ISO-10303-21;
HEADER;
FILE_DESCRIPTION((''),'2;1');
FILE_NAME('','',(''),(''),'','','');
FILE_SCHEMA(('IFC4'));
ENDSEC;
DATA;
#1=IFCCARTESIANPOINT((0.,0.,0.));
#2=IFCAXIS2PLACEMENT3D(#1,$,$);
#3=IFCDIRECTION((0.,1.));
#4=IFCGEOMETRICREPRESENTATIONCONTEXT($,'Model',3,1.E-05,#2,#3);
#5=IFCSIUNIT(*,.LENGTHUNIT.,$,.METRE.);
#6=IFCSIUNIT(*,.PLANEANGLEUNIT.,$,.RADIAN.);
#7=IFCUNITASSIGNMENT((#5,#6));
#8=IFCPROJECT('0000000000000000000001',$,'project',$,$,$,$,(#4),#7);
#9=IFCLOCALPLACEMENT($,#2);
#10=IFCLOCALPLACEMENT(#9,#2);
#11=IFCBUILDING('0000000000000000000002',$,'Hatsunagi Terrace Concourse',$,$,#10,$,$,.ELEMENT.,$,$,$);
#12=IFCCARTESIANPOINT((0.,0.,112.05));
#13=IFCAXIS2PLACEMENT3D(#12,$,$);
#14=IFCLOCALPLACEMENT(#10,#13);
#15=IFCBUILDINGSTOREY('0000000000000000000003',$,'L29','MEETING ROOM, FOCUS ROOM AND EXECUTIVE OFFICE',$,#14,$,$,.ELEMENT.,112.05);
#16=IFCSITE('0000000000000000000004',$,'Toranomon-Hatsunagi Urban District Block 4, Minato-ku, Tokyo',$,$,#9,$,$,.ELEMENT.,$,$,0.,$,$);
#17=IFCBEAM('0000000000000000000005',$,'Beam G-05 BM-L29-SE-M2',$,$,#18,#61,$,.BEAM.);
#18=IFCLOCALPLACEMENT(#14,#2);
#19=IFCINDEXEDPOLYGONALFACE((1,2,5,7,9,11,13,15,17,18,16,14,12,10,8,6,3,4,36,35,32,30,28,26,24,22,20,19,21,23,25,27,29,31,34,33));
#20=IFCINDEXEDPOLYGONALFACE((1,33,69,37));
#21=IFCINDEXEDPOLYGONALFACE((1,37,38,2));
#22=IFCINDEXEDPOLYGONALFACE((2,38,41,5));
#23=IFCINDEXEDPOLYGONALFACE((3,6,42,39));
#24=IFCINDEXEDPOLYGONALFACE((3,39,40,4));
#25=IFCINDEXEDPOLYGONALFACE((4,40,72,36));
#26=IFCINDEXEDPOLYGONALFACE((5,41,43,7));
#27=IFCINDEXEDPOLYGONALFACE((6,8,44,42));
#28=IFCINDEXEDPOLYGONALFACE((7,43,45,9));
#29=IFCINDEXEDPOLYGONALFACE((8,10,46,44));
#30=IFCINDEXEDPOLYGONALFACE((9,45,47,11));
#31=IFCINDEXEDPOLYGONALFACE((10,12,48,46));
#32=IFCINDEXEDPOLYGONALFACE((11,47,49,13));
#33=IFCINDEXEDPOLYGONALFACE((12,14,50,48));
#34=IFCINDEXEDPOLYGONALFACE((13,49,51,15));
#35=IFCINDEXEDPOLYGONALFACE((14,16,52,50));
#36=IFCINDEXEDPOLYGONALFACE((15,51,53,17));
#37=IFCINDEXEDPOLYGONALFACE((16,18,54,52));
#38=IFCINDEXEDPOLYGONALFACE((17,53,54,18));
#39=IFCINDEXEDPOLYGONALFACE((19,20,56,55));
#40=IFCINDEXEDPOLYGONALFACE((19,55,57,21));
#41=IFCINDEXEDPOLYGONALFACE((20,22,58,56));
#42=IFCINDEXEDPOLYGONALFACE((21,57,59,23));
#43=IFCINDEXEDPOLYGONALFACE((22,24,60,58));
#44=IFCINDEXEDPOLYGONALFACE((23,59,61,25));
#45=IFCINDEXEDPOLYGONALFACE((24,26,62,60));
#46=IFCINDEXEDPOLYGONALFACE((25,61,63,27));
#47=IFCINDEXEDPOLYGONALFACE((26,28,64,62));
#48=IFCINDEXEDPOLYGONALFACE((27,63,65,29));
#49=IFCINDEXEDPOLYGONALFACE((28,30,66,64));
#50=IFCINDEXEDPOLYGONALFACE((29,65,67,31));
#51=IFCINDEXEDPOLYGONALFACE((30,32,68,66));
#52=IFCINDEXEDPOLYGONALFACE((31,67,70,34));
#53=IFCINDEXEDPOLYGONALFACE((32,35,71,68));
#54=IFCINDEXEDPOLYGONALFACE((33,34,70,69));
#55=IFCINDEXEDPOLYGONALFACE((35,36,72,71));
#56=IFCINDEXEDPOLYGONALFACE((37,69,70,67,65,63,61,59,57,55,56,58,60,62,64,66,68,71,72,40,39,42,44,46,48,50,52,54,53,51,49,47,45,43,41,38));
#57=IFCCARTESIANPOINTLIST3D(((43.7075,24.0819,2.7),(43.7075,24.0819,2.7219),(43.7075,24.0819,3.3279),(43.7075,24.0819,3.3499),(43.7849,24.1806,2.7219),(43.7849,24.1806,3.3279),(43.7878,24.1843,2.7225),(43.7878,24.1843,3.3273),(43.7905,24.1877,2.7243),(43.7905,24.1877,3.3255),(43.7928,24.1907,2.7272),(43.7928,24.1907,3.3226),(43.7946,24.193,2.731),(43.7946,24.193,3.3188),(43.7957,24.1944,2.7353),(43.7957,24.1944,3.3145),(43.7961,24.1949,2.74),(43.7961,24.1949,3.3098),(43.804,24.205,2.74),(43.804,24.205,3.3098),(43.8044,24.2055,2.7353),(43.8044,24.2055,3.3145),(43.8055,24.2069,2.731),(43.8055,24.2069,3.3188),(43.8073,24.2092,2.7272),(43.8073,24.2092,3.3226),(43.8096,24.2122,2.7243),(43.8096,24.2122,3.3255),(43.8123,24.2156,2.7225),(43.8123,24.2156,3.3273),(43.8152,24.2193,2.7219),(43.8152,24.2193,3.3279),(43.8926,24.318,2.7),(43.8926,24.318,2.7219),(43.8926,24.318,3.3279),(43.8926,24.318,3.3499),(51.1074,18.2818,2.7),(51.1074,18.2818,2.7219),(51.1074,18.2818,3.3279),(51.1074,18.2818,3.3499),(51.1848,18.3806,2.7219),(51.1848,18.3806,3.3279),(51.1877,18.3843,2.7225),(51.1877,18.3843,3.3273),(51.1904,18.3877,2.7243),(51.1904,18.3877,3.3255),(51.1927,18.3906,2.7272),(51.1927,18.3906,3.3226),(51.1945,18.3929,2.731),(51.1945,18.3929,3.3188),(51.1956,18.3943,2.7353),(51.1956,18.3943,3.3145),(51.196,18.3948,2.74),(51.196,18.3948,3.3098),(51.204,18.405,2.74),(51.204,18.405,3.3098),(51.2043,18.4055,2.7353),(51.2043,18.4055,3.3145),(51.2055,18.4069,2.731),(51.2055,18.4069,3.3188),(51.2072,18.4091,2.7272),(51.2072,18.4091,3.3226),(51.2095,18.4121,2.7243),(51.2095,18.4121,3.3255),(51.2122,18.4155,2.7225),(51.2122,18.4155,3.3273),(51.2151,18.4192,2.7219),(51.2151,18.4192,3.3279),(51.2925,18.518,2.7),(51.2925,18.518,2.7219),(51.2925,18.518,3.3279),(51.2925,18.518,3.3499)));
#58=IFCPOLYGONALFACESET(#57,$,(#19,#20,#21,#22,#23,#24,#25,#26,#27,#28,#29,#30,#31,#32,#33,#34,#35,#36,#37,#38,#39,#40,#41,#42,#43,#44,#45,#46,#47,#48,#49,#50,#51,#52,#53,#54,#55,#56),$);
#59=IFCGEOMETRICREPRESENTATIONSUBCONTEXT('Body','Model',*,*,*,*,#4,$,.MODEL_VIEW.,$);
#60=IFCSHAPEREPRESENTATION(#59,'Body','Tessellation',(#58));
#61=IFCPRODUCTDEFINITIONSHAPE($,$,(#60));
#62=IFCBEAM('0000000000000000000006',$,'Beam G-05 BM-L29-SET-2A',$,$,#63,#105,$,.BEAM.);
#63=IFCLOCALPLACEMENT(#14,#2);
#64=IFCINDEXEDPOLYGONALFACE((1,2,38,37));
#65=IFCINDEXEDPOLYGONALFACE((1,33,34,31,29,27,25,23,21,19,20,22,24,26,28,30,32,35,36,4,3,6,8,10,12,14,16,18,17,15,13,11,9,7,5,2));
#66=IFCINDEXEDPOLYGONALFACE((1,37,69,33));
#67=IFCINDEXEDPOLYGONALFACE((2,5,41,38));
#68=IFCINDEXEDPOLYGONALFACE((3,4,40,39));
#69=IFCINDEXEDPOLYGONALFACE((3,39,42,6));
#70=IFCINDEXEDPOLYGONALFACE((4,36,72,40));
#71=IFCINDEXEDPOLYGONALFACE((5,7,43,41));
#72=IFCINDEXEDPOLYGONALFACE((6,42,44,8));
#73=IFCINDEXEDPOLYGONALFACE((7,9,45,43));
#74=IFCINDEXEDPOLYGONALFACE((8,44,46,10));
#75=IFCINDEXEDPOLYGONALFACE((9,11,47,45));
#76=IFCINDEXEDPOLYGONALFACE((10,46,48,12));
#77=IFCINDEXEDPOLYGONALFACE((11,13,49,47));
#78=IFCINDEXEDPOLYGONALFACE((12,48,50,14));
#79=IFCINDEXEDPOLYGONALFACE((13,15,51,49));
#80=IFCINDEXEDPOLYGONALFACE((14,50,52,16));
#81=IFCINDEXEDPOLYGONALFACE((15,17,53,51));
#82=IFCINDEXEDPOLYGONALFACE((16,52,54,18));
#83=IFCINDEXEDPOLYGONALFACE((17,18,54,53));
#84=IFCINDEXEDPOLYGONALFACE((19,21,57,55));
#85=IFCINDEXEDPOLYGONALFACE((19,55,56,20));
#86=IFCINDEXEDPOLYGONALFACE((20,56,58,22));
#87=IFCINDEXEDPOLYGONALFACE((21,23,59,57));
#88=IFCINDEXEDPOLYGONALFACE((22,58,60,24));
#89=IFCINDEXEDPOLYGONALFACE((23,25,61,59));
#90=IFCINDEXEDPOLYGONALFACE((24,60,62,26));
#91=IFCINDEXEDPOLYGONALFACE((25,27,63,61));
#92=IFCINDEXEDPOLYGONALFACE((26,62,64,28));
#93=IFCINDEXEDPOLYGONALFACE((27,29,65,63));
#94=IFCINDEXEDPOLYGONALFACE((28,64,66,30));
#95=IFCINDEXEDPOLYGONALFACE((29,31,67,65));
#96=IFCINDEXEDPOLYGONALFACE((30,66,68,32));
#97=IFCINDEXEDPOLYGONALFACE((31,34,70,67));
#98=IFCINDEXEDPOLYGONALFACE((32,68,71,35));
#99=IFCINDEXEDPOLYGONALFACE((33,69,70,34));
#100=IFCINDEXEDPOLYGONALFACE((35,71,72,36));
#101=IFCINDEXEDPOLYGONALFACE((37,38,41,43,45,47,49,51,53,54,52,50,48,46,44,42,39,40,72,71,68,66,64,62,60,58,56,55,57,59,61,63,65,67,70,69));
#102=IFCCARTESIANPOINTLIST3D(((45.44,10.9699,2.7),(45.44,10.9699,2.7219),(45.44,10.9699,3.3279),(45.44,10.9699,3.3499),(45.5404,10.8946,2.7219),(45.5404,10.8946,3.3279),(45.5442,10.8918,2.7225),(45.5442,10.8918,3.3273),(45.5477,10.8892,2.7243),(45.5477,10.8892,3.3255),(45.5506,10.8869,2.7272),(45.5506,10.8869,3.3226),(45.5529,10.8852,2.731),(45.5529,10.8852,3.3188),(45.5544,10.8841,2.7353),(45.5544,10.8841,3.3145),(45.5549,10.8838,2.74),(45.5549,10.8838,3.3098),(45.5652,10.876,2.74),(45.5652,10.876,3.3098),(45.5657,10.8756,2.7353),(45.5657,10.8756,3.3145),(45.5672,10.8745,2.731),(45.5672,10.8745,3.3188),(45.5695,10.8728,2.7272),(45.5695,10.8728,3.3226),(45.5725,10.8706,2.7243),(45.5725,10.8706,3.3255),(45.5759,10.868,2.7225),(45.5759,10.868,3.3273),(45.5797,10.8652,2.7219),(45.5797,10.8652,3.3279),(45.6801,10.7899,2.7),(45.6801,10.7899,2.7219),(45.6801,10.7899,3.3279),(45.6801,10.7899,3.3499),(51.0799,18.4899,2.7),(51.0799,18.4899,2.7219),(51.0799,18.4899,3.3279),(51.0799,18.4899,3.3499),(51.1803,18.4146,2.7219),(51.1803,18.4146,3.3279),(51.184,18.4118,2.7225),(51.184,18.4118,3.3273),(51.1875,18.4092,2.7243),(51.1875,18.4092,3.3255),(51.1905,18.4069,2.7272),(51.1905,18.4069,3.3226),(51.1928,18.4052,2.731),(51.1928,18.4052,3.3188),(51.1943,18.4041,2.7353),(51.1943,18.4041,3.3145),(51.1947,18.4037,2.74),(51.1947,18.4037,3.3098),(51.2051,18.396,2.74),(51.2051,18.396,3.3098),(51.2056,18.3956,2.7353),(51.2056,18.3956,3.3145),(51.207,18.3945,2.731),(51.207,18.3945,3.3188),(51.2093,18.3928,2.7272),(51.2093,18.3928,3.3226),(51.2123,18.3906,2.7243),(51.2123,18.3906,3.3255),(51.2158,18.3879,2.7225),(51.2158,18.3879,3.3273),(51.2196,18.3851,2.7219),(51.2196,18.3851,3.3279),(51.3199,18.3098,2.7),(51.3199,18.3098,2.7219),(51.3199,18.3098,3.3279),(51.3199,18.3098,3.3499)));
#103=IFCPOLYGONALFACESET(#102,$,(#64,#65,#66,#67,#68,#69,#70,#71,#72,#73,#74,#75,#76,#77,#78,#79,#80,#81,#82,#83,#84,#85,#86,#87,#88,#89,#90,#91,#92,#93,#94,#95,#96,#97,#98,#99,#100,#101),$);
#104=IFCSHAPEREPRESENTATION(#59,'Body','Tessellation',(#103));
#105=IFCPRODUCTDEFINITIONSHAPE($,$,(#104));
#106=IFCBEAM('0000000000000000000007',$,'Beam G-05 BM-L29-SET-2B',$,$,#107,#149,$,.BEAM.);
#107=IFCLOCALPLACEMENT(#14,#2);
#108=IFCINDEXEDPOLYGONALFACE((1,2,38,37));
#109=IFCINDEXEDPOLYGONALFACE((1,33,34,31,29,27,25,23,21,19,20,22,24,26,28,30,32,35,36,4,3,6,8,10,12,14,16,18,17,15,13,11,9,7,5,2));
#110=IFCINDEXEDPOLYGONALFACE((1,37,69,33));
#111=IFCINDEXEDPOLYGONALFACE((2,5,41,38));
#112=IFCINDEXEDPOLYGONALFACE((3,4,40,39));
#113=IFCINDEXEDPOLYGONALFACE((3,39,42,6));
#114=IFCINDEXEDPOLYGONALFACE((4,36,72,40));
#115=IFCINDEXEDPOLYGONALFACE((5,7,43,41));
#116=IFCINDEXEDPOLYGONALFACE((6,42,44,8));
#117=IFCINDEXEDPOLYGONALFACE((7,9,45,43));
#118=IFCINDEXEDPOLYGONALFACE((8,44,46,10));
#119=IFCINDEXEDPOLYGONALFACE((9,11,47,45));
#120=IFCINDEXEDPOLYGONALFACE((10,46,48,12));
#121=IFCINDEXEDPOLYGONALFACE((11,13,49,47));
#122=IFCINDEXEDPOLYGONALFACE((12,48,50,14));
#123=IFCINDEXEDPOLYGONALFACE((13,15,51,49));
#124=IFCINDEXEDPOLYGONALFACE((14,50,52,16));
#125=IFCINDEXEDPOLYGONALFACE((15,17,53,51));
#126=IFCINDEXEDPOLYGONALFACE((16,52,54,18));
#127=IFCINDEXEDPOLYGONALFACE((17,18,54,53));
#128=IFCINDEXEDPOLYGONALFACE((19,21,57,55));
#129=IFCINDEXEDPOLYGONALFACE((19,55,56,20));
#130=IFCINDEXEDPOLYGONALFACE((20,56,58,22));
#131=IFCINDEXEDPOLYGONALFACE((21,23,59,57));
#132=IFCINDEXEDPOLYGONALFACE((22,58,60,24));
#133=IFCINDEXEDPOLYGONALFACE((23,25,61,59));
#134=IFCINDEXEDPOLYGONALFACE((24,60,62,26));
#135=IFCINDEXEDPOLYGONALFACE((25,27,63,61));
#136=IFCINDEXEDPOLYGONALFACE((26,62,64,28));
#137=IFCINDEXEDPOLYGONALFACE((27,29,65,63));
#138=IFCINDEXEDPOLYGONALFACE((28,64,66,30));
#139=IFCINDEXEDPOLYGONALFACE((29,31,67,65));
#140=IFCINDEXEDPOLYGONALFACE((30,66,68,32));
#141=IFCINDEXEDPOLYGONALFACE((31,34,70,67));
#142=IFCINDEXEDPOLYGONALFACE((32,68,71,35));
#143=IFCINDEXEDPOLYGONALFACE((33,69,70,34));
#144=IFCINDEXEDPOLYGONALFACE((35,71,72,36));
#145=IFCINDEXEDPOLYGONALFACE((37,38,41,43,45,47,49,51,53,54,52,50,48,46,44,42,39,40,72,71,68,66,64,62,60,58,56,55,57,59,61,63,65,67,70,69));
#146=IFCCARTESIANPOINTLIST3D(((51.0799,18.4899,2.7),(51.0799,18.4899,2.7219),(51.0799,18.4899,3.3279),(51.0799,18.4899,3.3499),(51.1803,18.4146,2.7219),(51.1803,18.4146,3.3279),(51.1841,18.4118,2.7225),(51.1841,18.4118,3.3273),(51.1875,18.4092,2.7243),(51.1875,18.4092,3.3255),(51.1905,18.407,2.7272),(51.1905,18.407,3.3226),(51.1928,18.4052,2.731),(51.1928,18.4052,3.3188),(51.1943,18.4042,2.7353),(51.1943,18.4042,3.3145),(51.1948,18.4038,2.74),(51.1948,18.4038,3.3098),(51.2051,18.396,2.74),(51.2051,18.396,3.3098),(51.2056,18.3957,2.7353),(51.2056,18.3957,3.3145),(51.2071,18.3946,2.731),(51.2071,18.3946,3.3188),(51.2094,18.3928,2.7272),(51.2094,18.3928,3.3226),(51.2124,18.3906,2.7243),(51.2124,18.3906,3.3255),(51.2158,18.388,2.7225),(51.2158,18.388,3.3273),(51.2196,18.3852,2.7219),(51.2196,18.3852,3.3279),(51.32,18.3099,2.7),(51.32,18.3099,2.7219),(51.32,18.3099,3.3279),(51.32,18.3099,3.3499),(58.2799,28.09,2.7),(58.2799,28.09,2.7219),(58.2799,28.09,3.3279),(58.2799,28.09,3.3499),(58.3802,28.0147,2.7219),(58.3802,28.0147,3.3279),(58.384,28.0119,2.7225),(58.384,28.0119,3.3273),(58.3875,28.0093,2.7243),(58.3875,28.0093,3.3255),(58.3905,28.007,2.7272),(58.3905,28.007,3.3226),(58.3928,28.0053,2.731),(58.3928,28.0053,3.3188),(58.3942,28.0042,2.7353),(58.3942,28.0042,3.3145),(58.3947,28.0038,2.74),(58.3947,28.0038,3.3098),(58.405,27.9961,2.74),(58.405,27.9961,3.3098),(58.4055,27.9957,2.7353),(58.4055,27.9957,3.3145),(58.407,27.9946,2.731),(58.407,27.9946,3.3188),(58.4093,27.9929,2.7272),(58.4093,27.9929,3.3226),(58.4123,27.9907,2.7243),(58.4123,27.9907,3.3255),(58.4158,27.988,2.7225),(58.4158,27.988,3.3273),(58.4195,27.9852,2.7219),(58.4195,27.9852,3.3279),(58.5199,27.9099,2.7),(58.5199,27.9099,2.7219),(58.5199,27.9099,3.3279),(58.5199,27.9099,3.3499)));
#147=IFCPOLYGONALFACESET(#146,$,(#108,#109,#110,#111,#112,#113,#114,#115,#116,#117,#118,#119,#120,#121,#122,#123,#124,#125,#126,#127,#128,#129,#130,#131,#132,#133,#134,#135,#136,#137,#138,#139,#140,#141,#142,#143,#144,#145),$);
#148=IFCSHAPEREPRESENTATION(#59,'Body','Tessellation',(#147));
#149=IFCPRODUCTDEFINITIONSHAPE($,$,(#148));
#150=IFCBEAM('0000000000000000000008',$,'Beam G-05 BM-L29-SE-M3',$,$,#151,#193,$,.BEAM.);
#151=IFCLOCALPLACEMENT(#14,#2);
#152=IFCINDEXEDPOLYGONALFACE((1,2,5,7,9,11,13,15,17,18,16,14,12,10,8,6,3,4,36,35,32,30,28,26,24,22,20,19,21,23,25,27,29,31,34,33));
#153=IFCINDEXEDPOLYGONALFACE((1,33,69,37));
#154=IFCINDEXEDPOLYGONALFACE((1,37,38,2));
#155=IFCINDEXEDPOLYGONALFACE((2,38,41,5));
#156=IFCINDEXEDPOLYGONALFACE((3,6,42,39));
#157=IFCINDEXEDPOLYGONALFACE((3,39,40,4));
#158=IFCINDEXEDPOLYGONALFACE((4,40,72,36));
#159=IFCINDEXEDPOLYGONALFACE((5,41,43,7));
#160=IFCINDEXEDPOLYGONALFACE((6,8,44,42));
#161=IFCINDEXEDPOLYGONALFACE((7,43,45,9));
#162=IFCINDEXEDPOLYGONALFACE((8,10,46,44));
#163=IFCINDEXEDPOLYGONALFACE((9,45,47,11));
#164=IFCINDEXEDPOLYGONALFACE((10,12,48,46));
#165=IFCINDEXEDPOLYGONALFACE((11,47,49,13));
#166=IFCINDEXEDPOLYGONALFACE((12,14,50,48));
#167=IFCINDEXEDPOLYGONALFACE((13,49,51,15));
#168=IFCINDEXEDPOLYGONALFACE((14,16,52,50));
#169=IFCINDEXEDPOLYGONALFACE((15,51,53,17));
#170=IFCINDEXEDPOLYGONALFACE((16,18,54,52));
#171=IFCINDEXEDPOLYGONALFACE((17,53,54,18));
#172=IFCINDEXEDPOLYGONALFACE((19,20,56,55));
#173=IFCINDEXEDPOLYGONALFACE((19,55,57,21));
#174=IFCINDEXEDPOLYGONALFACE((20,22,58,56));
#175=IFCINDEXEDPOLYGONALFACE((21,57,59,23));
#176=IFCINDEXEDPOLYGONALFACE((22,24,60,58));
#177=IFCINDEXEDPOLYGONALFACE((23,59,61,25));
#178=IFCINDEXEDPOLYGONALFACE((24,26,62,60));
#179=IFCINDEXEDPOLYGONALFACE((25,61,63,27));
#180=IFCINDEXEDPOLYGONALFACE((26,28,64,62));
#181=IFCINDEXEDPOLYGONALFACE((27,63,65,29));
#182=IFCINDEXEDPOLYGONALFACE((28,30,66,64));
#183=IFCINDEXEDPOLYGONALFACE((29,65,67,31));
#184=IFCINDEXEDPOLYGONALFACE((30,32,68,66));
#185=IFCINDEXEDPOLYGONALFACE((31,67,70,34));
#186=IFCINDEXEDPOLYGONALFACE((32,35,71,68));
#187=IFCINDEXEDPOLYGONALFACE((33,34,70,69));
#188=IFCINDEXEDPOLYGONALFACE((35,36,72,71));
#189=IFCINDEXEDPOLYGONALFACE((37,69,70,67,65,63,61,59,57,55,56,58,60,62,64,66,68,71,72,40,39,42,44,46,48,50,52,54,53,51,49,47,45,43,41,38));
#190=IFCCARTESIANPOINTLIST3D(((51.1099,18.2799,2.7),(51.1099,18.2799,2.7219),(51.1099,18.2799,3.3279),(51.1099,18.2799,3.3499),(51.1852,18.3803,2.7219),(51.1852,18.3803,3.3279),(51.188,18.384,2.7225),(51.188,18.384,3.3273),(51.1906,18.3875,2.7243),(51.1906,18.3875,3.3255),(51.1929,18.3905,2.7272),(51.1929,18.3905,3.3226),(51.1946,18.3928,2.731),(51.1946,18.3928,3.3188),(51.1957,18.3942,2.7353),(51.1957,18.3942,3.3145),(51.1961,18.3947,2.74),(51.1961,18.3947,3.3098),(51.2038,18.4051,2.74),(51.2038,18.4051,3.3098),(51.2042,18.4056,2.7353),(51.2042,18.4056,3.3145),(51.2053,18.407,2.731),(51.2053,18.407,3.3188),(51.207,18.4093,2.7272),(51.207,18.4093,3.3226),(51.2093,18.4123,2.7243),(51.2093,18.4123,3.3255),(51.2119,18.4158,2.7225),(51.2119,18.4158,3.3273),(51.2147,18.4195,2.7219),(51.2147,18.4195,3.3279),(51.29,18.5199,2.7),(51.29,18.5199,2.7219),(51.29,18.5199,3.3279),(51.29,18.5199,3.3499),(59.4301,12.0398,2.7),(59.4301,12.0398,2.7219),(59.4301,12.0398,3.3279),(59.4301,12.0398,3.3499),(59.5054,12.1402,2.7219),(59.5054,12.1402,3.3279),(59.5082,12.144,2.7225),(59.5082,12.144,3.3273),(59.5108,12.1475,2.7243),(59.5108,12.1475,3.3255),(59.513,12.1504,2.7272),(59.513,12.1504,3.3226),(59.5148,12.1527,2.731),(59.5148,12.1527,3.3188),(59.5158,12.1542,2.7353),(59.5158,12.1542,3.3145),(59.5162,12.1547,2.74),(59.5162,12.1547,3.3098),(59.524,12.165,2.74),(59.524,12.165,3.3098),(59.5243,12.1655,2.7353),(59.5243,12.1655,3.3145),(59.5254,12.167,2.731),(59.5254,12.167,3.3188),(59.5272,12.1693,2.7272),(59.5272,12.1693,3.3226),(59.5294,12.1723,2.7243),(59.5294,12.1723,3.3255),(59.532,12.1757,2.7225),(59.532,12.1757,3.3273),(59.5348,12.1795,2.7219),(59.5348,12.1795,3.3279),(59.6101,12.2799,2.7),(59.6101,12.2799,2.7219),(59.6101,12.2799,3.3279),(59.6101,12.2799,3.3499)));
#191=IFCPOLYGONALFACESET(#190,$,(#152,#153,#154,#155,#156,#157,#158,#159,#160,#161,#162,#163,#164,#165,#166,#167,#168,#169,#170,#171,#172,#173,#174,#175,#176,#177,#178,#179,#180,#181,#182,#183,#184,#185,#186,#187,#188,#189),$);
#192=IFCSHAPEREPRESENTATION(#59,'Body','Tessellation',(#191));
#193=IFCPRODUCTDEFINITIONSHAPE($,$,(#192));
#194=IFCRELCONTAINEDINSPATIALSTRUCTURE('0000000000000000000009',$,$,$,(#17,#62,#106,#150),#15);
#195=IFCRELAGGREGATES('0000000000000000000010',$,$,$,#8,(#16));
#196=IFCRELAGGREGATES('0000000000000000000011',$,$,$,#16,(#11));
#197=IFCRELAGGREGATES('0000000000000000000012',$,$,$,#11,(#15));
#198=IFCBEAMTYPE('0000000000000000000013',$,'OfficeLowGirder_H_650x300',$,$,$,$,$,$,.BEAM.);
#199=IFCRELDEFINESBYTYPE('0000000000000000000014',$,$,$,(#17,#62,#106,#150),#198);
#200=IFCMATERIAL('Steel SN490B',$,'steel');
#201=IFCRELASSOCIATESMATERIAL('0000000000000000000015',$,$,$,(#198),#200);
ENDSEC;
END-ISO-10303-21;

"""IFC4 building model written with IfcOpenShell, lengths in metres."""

from ifc_helpers import new_model, si_unit, direction, frame, origin, origin_2d, place, context, subcontext, project, spatial, i_section, extrude, material, material_profile, profile_set, type_object, element, save


model = new_model("IFC4")

# Units and contexts
model_context = context("Model", 3, precision=1e-05, world=origin(), true_north=direction((0.0, 1.0)))
body_context = subcontext(model_context, "Body", "Model", "MODEL_VIEW")
ifc_project = project(units=[si_unit("LENGTHUNIT", "METRE"), si_unit("PLANEANGLEUNIT", "RADIAN")], contexts=[model_context])

# Site, building, storey
site_placement = place(None, origin())
site = spatial("IfcSite", under=ifc_project, at=site_placement, Name="Toranomon-Hatsunagi Urban District Block 4, Minato-ku, Tokyo", CompositionType="ELEMENT", RefElevation=0.0)
building_placement = place(site_placement, origin())
building = spatial("IfcBuilding", under=site, at=building_placement, Name="Hatsunagi Terrace Concourse", CompositionType="ELEMENT")
storey_placement = place(building_placement, frame((0.0, 0.0, 112.05)))
storey = spatial("IfcBuildingStorey", under=building, at=storey_placement, Name="L29", Description="MEETING ROOM, FOCUS ROOM AND EXECUTIVE OFFICE", CompositionType="ELEMENT", Elevation=112.05)

# Beams
ifc_material_1 = material(Name="Steel SN490B", Category="steel")
ifc_material_profile_1 = material_profile(ifc_material_1, i_section(OverallWidth=0.3, OverallDepth=0.6499, WebThickness=0.0129, FlangeThickness=0.022, FilletRadius=0.0181, at=origin_2d()), Name="H-650x300x13x22")
ifc_profile_set_1 = profile_set([ifc_material_profile_1], Name="Steel SN490B")
beam_type_1 = type_object("IfcBeamType", Name="OfficeLowGirder_H_650x300", PredefinedType="BEAM", material=ifc_profile_set_1)
beam_1_placement = place(storey_placement, frame((43.8, 24.2, 3.0249), z_axis=(0.787049, -0.61689, 0.0), x_axis=(0.61689, 0.787049, 0.0)))
element("IfcBeam", 1, at=beam_1_placement, inside=storey, type_object=beam_type_1, Name="Beam G-05 BM-L29-SE-M2", PredefinedType="BEAM", context=body_context, shape_type="SweptSolid", body=[
    extrude(i_section(OverallWidth=0.3, OverallDepth=0.6499, WebThickness=0.0129, FlangeThickness=0.022, FilletRadius=0.0181, at=origin_2d()), origin(), (0.0, 0.0, 1.0), 9.4021),
])
beam_2_placement = place(storey_placement, frame((45.5601, 10.8799, 3.0249), z_axis=(0.599992, 0.800006, 0.0), x_axis=(-0.800006, 0.599992, 0.0)))
element("IfcBeam", 2, at=beam_2_placement, inside=storey, type_object=beam_type_1, Name="Beam G-05 BM-L29-SET-2A", PredefinedType="BEAM", context=body_context, shape_type="SweptSolid", body=[
    extrude(i_section(OverallWidth=0.3, OverallDepth=0.6499, WebThickness=0.0129, FlangeThickness=0.022, FilletRadius=0.0181, at=origin_2d()), origin(), (0.0, 0.0, 1.0), 9.3999),
])
beam_3_placement = place(storey_placement, frame((51.2, 18.3999, 3.0249), z_axis=(0.599993, 0.800005, 0.0), x_axis=(-0.800005, 0.599993, 0.0)))
element("IfcBeam", 3, at=beam_3_placement, inside=storey, type_object=beam_type_1, Name="Beam G-05 BM-L29-SET-2B", PredefinedType="BEAM", context=body_context, shape_type="SweptSolid", body=[
    extrude(i_section(OverallWidth=0.3, OverallDepth=0.6499, WebThickness=0.0129, FlangeThickness=0.022, FilletRadius=0.0181, at=origin_2d()), origin(), (0.0, 0.0, 1.0), 12.0),
])
beam_4_placement = place(storey_placement, frame((51.2, 18.3999, 3.0249), z_axis=(0.800003, -0.599996, 0.0), x_axis=(0.599996, 0.800003, 0.0)))
element("IfcBeam", 4, at=beam_4_placement, inside=storey, type_object=beam_type_1, Name="Beam G-05 BM-L29-SE-M3", PredefinedType="BEAM", context=body_context, shape_type="SweptSolid", body=[
    extrude(i_section(OverallWidth=0.3, OverallDepth=0.6499, WebThickness=0.0129, FlangeThickness=0.022, FilletRadius=0.0181, at=origin_2d()), origin(), (0.0, 0.0, 1.0), 10.4001),
])

save(model, "model.ifc")
